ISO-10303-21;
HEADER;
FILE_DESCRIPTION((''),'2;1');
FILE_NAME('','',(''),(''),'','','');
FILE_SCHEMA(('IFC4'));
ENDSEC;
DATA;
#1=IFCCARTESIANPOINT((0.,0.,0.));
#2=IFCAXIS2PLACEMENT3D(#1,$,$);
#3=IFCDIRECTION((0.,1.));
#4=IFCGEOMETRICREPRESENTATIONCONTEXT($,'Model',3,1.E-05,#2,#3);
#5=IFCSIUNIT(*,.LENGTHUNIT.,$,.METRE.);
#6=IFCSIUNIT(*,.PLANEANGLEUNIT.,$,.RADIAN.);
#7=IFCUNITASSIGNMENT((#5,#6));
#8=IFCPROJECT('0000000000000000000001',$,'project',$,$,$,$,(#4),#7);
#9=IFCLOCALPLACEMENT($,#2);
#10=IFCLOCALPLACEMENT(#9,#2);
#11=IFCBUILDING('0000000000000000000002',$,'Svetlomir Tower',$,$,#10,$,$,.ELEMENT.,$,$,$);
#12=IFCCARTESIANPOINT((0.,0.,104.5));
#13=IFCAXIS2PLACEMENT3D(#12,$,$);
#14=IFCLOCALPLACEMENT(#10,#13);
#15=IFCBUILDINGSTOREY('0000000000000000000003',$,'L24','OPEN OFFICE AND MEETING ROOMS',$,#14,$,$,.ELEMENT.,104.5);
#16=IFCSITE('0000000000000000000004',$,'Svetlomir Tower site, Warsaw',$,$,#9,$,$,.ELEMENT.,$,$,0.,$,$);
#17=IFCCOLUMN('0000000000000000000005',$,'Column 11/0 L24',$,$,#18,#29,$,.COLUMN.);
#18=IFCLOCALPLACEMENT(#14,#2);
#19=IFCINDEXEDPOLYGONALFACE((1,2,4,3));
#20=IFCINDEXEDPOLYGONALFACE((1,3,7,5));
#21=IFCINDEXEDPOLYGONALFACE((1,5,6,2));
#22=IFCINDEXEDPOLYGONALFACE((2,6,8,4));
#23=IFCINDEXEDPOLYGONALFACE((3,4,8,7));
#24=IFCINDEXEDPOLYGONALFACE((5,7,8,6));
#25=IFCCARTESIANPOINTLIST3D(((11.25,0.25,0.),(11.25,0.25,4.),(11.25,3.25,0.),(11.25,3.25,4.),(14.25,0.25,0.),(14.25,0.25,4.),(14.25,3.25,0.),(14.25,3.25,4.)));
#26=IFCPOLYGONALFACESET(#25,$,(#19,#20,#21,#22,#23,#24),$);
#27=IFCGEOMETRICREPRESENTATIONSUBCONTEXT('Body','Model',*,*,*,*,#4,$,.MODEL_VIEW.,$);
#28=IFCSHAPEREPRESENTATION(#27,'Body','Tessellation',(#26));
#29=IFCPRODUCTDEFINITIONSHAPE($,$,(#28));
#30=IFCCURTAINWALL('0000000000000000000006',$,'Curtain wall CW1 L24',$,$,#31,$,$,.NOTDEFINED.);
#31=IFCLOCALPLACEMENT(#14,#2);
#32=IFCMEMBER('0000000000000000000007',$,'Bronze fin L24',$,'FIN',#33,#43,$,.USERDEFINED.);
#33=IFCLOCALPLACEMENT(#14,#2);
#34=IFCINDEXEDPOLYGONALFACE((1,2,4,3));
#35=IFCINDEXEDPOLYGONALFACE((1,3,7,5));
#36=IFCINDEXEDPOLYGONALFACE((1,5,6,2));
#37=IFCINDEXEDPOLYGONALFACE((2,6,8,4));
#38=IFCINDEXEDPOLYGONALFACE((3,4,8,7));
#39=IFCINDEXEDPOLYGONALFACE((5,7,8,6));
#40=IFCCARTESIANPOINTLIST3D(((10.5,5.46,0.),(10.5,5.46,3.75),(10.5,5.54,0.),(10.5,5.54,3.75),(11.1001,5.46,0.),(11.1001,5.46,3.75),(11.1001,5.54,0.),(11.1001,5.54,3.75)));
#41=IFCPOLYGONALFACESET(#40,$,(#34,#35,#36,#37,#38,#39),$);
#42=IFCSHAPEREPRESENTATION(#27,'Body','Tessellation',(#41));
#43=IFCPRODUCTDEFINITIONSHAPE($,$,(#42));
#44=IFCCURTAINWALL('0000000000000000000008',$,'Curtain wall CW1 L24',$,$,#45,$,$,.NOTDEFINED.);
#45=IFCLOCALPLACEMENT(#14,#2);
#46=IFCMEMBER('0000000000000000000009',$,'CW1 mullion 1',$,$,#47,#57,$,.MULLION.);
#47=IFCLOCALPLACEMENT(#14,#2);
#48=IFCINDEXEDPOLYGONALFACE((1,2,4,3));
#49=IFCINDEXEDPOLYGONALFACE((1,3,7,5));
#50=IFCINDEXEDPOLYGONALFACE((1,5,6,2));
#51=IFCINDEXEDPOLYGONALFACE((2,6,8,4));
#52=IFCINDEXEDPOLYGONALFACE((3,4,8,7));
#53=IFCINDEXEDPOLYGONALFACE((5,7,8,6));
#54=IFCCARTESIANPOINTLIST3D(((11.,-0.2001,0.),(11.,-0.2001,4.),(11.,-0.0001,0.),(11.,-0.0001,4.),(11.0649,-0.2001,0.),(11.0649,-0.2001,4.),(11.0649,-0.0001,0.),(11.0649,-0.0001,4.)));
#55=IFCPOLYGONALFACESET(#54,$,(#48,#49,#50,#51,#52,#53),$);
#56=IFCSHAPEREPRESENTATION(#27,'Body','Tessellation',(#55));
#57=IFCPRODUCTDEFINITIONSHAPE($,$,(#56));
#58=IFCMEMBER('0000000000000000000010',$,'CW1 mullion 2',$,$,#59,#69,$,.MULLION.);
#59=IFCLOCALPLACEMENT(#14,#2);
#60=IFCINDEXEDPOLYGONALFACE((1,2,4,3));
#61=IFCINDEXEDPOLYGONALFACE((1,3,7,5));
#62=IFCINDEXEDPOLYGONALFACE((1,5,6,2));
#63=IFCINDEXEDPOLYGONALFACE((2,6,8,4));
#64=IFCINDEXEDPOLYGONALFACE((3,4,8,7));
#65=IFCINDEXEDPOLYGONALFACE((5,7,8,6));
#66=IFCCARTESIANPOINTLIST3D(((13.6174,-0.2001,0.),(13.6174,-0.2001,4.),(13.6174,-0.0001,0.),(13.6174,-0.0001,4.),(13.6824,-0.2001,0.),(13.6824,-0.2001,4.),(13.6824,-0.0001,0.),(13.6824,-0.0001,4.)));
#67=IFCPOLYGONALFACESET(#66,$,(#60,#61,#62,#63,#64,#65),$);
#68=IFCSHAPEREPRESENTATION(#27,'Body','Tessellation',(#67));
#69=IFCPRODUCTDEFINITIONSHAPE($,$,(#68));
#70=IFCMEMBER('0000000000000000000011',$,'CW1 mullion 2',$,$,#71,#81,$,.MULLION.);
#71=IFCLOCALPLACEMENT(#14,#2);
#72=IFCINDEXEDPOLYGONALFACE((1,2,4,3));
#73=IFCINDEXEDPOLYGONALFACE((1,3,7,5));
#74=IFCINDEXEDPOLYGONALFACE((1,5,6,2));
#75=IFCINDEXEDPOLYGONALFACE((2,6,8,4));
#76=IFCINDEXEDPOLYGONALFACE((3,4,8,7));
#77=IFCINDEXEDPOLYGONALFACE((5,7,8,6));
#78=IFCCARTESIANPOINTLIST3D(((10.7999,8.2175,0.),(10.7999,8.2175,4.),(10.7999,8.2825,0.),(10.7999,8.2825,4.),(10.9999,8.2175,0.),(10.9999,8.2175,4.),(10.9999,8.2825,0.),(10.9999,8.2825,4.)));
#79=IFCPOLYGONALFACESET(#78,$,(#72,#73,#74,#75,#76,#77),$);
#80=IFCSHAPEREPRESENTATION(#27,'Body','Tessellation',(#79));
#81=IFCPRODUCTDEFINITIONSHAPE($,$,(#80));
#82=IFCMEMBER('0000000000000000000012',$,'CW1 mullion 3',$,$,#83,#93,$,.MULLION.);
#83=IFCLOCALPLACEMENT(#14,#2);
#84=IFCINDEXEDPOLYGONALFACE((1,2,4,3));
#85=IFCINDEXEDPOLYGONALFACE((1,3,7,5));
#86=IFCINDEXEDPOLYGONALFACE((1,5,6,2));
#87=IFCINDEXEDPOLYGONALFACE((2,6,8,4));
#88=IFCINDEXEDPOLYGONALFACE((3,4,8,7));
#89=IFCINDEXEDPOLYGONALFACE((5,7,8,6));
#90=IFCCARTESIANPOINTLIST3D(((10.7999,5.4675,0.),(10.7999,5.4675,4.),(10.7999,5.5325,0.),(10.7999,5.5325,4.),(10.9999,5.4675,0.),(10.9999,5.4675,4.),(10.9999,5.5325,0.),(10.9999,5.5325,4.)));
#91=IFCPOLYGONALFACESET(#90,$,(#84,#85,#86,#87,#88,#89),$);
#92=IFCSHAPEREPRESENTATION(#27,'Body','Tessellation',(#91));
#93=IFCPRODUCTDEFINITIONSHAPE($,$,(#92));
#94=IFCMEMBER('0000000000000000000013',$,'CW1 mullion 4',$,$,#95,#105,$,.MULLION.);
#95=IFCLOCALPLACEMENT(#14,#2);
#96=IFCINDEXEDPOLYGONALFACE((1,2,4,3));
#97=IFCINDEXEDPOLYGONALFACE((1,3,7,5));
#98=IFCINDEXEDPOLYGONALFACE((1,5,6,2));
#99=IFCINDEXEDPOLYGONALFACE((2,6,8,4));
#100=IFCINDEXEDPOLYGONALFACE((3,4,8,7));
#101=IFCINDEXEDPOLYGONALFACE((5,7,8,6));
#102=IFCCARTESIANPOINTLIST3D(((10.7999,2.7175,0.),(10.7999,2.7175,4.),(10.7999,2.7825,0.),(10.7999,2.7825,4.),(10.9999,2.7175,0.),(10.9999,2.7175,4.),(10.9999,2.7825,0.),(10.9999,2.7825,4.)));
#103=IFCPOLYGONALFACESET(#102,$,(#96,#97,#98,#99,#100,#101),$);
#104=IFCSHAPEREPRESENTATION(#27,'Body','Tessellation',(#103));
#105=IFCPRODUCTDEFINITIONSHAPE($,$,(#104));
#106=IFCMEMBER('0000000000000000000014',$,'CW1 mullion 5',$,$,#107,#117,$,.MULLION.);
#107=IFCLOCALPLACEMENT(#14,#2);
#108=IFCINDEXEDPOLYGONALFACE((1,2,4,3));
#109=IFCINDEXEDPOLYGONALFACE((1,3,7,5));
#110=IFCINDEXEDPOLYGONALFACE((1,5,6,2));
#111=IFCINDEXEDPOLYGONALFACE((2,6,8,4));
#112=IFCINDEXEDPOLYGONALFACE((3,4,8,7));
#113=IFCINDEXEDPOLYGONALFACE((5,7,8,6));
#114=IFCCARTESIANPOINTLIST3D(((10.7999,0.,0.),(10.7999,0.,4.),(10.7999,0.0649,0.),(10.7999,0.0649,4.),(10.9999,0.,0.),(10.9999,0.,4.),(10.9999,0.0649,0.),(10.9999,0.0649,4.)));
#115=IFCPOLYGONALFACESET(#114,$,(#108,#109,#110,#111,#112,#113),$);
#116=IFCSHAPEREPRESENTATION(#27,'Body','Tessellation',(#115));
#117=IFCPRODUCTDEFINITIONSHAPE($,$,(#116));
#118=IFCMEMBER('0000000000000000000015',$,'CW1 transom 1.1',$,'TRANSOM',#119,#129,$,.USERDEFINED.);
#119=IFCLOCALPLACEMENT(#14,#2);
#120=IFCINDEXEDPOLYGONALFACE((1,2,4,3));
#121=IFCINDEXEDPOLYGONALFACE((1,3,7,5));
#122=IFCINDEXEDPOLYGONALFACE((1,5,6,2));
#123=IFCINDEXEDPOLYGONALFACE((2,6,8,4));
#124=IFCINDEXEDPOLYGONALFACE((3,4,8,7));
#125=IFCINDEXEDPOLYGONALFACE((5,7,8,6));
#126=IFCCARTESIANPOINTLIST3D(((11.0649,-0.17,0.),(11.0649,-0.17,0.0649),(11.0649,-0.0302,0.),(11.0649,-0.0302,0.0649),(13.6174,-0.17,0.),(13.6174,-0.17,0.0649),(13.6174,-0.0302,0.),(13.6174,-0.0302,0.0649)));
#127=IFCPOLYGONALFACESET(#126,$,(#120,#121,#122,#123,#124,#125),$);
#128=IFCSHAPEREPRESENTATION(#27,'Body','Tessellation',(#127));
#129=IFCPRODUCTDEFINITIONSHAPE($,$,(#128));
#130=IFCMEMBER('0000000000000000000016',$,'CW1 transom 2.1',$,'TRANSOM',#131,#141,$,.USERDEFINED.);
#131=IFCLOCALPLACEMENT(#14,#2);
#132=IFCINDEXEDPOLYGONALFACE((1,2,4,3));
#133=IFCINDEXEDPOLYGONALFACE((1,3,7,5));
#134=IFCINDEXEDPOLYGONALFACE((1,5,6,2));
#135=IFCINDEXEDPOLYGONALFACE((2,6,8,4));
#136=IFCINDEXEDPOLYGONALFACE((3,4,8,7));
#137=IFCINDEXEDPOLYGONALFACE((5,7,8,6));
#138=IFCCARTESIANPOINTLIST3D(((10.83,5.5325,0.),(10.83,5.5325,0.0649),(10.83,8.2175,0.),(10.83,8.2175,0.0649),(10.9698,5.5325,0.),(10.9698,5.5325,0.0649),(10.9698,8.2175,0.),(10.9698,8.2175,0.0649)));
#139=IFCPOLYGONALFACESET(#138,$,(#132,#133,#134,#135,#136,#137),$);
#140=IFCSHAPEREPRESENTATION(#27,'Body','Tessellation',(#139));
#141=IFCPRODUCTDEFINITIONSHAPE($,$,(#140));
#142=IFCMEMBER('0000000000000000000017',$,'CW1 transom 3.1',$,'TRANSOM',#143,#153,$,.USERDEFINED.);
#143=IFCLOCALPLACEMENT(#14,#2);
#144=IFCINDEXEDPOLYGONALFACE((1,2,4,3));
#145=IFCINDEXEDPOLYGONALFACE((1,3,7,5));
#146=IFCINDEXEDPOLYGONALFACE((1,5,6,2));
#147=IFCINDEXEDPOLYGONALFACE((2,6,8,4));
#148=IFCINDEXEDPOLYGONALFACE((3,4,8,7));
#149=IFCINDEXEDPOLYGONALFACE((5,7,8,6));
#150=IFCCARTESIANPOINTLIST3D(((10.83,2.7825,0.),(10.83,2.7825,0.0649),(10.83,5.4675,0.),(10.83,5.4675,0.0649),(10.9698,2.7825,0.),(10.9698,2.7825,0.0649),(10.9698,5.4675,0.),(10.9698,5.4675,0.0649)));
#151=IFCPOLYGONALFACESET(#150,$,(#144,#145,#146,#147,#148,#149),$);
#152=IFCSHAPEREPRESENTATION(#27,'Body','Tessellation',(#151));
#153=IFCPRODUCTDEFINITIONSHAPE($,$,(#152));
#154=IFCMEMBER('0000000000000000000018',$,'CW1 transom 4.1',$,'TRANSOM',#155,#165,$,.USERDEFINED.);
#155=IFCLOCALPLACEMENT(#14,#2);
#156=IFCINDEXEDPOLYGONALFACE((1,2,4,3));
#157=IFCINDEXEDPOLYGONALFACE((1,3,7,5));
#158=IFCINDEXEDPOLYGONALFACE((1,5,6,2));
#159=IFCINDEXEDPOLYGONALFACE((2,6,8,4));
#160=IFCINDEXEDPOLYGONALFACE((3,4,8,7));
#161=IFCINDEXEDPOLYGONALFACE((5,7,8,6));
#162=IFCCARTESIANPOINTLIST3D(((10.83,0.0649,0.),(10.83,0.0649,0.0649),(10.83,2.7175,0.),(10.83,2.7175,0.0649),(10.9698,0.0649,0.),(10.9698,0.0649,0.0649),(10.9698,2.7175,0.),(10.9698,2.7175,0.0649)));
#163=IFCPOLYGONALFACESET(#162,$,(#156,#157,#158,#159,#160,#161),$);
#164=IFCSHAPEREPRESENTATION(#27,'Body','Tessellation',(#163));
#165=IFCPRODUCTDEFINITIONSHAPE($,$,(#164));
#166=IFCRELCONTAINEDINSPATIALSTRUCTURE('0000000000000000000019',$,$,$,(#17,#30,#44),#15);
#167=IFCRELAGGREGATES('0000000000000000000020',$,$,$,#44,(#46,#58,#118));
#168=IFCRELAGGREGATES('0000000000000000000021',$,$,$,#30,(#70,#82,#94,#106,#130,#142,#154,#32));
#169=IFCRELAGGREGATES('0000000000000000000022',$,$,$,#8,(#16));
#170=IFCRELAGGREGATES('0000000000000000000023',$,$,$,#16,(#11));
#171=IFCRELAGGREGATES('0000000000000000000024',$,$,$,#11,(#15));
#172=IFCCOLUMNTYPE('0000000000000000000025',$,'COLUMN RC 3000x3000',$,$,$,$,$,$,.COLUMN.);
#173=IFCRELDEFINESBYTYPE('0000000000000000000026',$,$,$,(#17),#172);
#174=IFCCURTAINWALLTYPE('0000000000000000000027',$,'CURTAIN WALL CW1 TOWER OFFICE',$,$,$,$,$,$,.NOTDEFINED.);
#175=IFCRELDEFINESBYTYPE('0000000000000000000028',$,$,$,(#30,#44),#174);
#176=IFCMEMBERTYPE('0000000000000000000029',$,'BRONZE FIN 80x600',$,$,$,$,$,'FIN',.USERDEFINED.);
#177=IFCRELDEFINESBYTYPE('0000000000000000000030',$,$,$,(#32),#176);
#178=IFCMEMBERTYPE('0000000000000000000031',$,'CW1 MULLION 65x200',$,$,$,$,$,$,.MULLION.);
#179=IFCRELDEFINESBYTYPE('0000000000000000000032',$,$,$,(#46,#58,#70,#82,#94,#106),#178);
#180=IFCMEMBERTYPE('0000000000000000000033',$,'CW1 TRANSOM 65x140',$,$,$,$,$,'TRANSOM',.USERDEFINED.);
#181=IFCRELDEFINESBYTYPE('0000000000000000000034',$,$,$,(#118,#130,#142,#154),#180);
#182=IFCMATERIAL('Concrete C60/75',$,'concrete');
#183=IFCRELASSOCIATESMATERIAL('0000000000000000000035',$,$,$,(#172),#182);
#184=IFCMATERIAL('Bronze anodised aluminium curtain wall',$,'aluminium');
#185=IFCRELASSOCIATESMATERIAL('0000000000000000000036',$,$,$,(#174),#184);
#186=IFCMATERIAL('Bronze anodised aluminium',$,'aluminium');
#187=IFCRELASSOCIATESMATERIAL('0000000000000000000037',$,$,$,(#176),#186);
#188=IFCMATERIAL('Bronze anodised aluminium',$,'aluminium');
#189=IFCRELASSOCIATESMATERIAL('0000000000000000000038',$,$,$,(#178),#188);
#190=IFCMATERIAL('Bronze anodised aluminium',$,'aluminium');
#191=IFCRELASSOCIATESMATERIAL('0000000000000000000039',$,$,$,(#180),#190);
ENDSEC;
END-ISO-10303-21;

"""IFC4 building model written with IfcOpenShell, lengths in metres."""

from ifc_helpers import new_model, si_unit, direction, frame, origin, origin_2d, place, context, subcontext, project, spatial, rectangle, extrude, material, material_profile, profile_set, type_object, element, aggregate, save


model = new_model("IFC4")

# Units and contexts
model_context = context("Model", 3, precision=1e-05, world=origin(), true_north=direction((0.0, 1.0)))
body_context = subcontext(model_context, "Body", "Model", "MODEL_VIEW")
ifc_project = project(units=[si_unit("LENGTHUNIT", "METRE"), si_unit("PLANEANGLEUNIT", "RADIAN")], contexts=[model_context])

# Site, building, storey
site_placement = place(None, origin())
site = spatial("IfcSite", under=ifc_project, at=site_placement, Name="Svetlomir Tower site, Warsaw", CompositionType="ELEMENT", RefElevation=0.0)
building_placement = place(site_placement, origin())
building = spatial("IfcBuilding", under=site, at=building_placement, Name="Svetlomir Tower", CompositionType="ELEMENT")
storey_placement = place(building_placement, frame((0.0, 0.0, 104.5)))
storey = spatial("IfcBuildingStorey", under=building, at=storey_placement, Name="L24", Description="OPEN OFFICE AND MEETING ROOMS", CompositionType="ELEMENT", Elevation=104.5)

# Column
ifc_material_1 = material(Name="Concrete C60/75", Category="concrete")
ifc_material_profile_1 = material_profile(ifc_material_1, rectangle(XDim=3.0, YDim=3.0, at=origin_2d()), Name="RC 3000x3000")
ifc_profile_set_1 = profile_set([ifc_material_profile_1], Name="Concrete C60/75")
column_type = type_object("IfcColumnType", Name="COLUMN RC 3000x3000", PredefinedType="COLUMN", material=ifc_profile_set_1)
column_placement = place(storey_placement, frame((12.75, 1.75, 0.0), z_axis=(0.0, 0.0, 1.0), x_axis=(1.0, 0.0, 0.0)))
element("IfcColumn", 1, at=column_placement, inside=storey, type_object=column_type, Name="Column 11/0 L24", PredefinedType="COLUMN", context=body_context, shape_type="SweptSolid", body=[
    extrude(rectangle(XDim=3.0, YDim=3.0, at=origin_2d()), origin(), (0.0, 0.0, 1.0), 4.0),
])

# Curtain wall, member
ifc_material_2 = material(Name="Bronze anodised aluminium curtain wall", Category="aluminium")
curtain_wall_type = type_object("IfcCurtainWallType", Name="CURTAIN WALL CW1 TOWER OFFICE", PredefinedType="NOTDEFINED", material=ifc_material_2)
curtain_wall_1_placement = place(storey_placement, origin())
curtain_wall_1 = element("IfcCurtainWall", 2, at=curtain_wall_1_placement, inside=storey, type_object=curtain_wall_type, Name="Curtain wall CW1 L24", PredefinedType="NOTDEFINED")
ifc_material_3 = material(Name="Bronze anodised aluminium", Category="aluminium")
ifc_material_profile_2 = material_profile(ifc_material_3, rectangle(XDim=0.0801, YDim=0.6001, at=origin_2d()), Name="FIN 80x600")
ifc_profile_set_2 = profile_set([ifc_material_profile_2], Name="Bronze anodised aluminium 6063-T6")
member_type_1 = type_object("IfcMemberType", Name="BRONZE FIN 80x600", ElementType="FIN", PredefinedType="USERDEFINED", material=ifc_profile_set_2)
member_1_placement = place(storey_placement, frame((10.8, 5.5, 0.0), z_axis=(0.0, 0.0, 1.0), x_axis=(0.0, 1.0, 0.0)))
member_1 = element("IfcMember", 3, at=member_1_placement, type_object=member_type_1, Name="Bronze fin L24", ObjectType="FIN", PredefinedType="USERDEFINED", context=body_context, shape_type="SweptSolid", body=[
    extrude(rectangle(XDim=0.0801, YDim=0.6001, at=origin_2d()), origin(), (0.0, 0.0, 1.0), 3.75),
])

# Curtain wall, members
curtain_wall_2_placement = place(storey_placement, origin())
curtain_wall_2 = element("IfcCurtainWall", 4, at=curtain_wall_2_placement, inside=storey, type_object=curtain_wall_type, Name="Curtain wall CW1 L24", PredefinedType="NOTDEFINED")
ifc_material_4 = material(Name="Bronze anodised aluminium", Category="aluminium")
ifc_material_profile_3 = material_profile(ifc_material_4, rectangle(XDim=0.0649, YDim=0.2, at=origin_2d()), Name="AL 65x200")
ifc_profile_set_3 = profile_set([ifc_material_profile_3], Name="Bronze anodised aluminium 6063-T6")
member_type_2 = type_object("IfcMemberType", Name="CW1 MULLION 65x200", PredefinedType="MULLION", material=ifc_profile_set_3)
member_2_placement = place(storey_placement, frame((11.0325, -0.1001, 0.0), z_axis=(0.0, 0.0, 1.0), x_axis=(1.0, 0.0, 0.0)))
member_2 = element("IfcMember", 5, at=member_2_placement, type_object=member_type_2, Name="CW1 mullion 1", PredefinedType="MULLION", context=body_context, shape_type="SweptSolid", body=[
    extrude(rectangle(XDim=0.0649, YDim=0.2, at=origin_2d()), origin(), (0.0, 0.0, 1.0), 4.0),
])
member_3_placement = place(storey_placement, frame((13.6499, -0.1001, 0.0), z_axis=(0.0, 0.0, 1.0), x_axis=(1.0, 0.0, 0.0)))
member_3 = element("IfcMember", 6, at=member_3_placement, type_object=member_type_2, Name="CW1 mullion 2", PredefinedType="MULLION", context=body_context, shape_type="SweptSolid", body=[
    extrude(rectangle(XDim=0.0649, YDim=0.2, at=origin_2d()), origin(), (0.0, 0.0, 1.0), 4.0),
])

# Members
member_4_placement = place(storey_placement, frame((10.8999, 8.25, 0.0), z_axis=(0.0, 0.0, 1.0), x_axis=(0.0, -1.0, 0.0)))
member_4 = element("IfcMember", 7, at=member_4_placement, type_object=member_type_2, Name="CW1 mullion 2", PredefinedType="MULLION", context=body_context, shape_type="SweptSolid", body=[
    extrude(rectangle(XDim=0.0649, YDim=0.2, at=origin_2d()), origin(), (0.0, 0.0, 1.0), 4.0),
])
member_5_placement = place(storey_placement, frame((10.8999, 5.5, 0.0), z_axis=(0.0, 0.0, 1.0), x_axis=(0.0, -1.0, 0.0)))
member_5 = element("IfcMember", 8, at=member_5_placement, type_object=member_type_2, Name="CW1 mullion 3", PredefinedType="MULLION", context=body_context, shape_type="SweptSolid", body=[
    extrude(rectangle(XDim=0.0649, YDim=0.2, at=origin_2d()), origin(), (0.0, 0.0, 1.0), 4.0),
])
member_6_placement = place(storey_placement, frame((10.8999, 2.75, 0.0), z_axis=(0.0, 0.0, 1.0), x_axis=(0.0, -1.0, 0.0)))
member_6 = element("IfcMember", 9, at=member_6_placement, type_object=member_type_2, Name="CW1 mullion 4", PredefinedType="MULLION", context=body_context, shape_type="SweptSolid", body=[
    extrude(rectangle(XDim=0.0649, YDim=0.2, at=origin_2d()), origin(), (0.0, 0.0, 1.0), 4.0),
])
member_7_placement = place(storey_placement, frame((10.8999, 0.0325, 0.0), z_axis=(0.0, 0.0, 1.0), x_axis=(0.0, -1.0, 0.0)))
member_7 = element("IfcMember", 10, at=member_7_placement, type_object=member_type_2, Name="CW1 mullion 5", PredefinedType="MULLION", context=body_context, shape_type="SweptSolid", body=[
    extrude(rectangle(XDim=0.0649, YDim=0.2, at=origin_2d()), origin(), (0.0, 0.0, 1.0), 4.0),
])
ifc_material_5 = material(Name="Bronze anodised aluminium", Category="aluminium")
ifc_material_profile_4 = material_profile(ifc_material_5, rectangle(XDim=0.1399, YDim=0.0649, at=origin_2d()), Name="AL 140x65")
ifc_profile_set_4 = profile_set([ifc_material_profile_4], Name="Bronze anodised aluminium 6063-T6")
member_type_3 = type_object("IfcMemberType", Name="CW1 TRANSOM 65x140", ElementType="TRANSOM", PredefinedType="USERDEFINED", material=ifc_profile_set_4)
member_8_placement = place(storey_placement, frame((11.0649, -0.1001, 0.0325), z_axis=(1.0, 0.0, 0.0), x_axis=(0.0, 1.0, 0.0)))
member_8 = element("IfcMember", 11, at=member_8_placement, type_object=member_type_3, Name="CW1 transom 1.1", ObjectType="TRANSOM", PredefinedType="USERDEFINED", context=body_context, shape_type="SweptSolid", body=[
    extrude(rectangle(XDim=0.1399, YDim=0.0649, at=origin_2d()), origin(), (0.0, 0.0, 1.0), 2.5525),
])
member_9_placement = place(storey_placement, frame((10.8999, 8.2175, 0.0325), z_axis=(0.0, -1.0, 0.0), x_axis=(1.0, 0.0, 0.0)))
member_9 = element("IfcMember", 12, at=member_9_placement, type_object=member_type_3, Name="CW1 transom 2.1", ObjectType="TRANSOM", PredefinedType="USERDEFINED", context=body_context, shape_type="SweptSolid", body=[
    extrude(rectangle(XDim=0.1399, YDim=0.0649, at=origin_2d()), origin(), (0.0, 0.0, 1.0), 2.6851),
])
member_10_placement = place(storey_placement, frame((10.8999, 5.4675, 0.0325), z_axis=(0.0, -1.0, 0.0), x_axis=(1.0, 0.0, 0.0)))
member_10 = element("IfcMember", 13, at=member_10_placement, type_object=member_type_3, Name="CW1 transom 3.1", ObjectType="TRANSOM", PredefinedType="USERDEFINED", context=body_context, shape_type="SweptSolid", body=[
    extrude(rectangle(XDim=0.1399, YDim=0.0649, at=origin_2d()), origin(), (0.0, 0.0, 1.0), 2.6851),
])
member_11_placement = place(storey_placement, frame((10.8999, 2.7175, 0.0325), z_axis=(0.0, -1.0, 0.0), x_axis=(1.0, 0.0, 0.0)))
member_11 = element("IfcMember", 14, at=member_11_placement, type_object=member_type_3, Name="CW1 transom 4.1", ObjectType="TRANSOM", PredefinedType="USERDEFINED", context=body_context, shape_type="SweptSolid", body=[
    extrude(rectangle(XDim=0.1399, YDim=0.0649, at=origin_2d()), origin(), (0.0, 0.0, 1.0), 2.6526),
])

aggregate(curtain_wall_2, [member_2, member_3, member_8])
aggregate(curtain_wall_1, [member_4, member_5, member_6, member_7, member_9, member_10, member_11, member_1])

save(model, "model.ifc")
